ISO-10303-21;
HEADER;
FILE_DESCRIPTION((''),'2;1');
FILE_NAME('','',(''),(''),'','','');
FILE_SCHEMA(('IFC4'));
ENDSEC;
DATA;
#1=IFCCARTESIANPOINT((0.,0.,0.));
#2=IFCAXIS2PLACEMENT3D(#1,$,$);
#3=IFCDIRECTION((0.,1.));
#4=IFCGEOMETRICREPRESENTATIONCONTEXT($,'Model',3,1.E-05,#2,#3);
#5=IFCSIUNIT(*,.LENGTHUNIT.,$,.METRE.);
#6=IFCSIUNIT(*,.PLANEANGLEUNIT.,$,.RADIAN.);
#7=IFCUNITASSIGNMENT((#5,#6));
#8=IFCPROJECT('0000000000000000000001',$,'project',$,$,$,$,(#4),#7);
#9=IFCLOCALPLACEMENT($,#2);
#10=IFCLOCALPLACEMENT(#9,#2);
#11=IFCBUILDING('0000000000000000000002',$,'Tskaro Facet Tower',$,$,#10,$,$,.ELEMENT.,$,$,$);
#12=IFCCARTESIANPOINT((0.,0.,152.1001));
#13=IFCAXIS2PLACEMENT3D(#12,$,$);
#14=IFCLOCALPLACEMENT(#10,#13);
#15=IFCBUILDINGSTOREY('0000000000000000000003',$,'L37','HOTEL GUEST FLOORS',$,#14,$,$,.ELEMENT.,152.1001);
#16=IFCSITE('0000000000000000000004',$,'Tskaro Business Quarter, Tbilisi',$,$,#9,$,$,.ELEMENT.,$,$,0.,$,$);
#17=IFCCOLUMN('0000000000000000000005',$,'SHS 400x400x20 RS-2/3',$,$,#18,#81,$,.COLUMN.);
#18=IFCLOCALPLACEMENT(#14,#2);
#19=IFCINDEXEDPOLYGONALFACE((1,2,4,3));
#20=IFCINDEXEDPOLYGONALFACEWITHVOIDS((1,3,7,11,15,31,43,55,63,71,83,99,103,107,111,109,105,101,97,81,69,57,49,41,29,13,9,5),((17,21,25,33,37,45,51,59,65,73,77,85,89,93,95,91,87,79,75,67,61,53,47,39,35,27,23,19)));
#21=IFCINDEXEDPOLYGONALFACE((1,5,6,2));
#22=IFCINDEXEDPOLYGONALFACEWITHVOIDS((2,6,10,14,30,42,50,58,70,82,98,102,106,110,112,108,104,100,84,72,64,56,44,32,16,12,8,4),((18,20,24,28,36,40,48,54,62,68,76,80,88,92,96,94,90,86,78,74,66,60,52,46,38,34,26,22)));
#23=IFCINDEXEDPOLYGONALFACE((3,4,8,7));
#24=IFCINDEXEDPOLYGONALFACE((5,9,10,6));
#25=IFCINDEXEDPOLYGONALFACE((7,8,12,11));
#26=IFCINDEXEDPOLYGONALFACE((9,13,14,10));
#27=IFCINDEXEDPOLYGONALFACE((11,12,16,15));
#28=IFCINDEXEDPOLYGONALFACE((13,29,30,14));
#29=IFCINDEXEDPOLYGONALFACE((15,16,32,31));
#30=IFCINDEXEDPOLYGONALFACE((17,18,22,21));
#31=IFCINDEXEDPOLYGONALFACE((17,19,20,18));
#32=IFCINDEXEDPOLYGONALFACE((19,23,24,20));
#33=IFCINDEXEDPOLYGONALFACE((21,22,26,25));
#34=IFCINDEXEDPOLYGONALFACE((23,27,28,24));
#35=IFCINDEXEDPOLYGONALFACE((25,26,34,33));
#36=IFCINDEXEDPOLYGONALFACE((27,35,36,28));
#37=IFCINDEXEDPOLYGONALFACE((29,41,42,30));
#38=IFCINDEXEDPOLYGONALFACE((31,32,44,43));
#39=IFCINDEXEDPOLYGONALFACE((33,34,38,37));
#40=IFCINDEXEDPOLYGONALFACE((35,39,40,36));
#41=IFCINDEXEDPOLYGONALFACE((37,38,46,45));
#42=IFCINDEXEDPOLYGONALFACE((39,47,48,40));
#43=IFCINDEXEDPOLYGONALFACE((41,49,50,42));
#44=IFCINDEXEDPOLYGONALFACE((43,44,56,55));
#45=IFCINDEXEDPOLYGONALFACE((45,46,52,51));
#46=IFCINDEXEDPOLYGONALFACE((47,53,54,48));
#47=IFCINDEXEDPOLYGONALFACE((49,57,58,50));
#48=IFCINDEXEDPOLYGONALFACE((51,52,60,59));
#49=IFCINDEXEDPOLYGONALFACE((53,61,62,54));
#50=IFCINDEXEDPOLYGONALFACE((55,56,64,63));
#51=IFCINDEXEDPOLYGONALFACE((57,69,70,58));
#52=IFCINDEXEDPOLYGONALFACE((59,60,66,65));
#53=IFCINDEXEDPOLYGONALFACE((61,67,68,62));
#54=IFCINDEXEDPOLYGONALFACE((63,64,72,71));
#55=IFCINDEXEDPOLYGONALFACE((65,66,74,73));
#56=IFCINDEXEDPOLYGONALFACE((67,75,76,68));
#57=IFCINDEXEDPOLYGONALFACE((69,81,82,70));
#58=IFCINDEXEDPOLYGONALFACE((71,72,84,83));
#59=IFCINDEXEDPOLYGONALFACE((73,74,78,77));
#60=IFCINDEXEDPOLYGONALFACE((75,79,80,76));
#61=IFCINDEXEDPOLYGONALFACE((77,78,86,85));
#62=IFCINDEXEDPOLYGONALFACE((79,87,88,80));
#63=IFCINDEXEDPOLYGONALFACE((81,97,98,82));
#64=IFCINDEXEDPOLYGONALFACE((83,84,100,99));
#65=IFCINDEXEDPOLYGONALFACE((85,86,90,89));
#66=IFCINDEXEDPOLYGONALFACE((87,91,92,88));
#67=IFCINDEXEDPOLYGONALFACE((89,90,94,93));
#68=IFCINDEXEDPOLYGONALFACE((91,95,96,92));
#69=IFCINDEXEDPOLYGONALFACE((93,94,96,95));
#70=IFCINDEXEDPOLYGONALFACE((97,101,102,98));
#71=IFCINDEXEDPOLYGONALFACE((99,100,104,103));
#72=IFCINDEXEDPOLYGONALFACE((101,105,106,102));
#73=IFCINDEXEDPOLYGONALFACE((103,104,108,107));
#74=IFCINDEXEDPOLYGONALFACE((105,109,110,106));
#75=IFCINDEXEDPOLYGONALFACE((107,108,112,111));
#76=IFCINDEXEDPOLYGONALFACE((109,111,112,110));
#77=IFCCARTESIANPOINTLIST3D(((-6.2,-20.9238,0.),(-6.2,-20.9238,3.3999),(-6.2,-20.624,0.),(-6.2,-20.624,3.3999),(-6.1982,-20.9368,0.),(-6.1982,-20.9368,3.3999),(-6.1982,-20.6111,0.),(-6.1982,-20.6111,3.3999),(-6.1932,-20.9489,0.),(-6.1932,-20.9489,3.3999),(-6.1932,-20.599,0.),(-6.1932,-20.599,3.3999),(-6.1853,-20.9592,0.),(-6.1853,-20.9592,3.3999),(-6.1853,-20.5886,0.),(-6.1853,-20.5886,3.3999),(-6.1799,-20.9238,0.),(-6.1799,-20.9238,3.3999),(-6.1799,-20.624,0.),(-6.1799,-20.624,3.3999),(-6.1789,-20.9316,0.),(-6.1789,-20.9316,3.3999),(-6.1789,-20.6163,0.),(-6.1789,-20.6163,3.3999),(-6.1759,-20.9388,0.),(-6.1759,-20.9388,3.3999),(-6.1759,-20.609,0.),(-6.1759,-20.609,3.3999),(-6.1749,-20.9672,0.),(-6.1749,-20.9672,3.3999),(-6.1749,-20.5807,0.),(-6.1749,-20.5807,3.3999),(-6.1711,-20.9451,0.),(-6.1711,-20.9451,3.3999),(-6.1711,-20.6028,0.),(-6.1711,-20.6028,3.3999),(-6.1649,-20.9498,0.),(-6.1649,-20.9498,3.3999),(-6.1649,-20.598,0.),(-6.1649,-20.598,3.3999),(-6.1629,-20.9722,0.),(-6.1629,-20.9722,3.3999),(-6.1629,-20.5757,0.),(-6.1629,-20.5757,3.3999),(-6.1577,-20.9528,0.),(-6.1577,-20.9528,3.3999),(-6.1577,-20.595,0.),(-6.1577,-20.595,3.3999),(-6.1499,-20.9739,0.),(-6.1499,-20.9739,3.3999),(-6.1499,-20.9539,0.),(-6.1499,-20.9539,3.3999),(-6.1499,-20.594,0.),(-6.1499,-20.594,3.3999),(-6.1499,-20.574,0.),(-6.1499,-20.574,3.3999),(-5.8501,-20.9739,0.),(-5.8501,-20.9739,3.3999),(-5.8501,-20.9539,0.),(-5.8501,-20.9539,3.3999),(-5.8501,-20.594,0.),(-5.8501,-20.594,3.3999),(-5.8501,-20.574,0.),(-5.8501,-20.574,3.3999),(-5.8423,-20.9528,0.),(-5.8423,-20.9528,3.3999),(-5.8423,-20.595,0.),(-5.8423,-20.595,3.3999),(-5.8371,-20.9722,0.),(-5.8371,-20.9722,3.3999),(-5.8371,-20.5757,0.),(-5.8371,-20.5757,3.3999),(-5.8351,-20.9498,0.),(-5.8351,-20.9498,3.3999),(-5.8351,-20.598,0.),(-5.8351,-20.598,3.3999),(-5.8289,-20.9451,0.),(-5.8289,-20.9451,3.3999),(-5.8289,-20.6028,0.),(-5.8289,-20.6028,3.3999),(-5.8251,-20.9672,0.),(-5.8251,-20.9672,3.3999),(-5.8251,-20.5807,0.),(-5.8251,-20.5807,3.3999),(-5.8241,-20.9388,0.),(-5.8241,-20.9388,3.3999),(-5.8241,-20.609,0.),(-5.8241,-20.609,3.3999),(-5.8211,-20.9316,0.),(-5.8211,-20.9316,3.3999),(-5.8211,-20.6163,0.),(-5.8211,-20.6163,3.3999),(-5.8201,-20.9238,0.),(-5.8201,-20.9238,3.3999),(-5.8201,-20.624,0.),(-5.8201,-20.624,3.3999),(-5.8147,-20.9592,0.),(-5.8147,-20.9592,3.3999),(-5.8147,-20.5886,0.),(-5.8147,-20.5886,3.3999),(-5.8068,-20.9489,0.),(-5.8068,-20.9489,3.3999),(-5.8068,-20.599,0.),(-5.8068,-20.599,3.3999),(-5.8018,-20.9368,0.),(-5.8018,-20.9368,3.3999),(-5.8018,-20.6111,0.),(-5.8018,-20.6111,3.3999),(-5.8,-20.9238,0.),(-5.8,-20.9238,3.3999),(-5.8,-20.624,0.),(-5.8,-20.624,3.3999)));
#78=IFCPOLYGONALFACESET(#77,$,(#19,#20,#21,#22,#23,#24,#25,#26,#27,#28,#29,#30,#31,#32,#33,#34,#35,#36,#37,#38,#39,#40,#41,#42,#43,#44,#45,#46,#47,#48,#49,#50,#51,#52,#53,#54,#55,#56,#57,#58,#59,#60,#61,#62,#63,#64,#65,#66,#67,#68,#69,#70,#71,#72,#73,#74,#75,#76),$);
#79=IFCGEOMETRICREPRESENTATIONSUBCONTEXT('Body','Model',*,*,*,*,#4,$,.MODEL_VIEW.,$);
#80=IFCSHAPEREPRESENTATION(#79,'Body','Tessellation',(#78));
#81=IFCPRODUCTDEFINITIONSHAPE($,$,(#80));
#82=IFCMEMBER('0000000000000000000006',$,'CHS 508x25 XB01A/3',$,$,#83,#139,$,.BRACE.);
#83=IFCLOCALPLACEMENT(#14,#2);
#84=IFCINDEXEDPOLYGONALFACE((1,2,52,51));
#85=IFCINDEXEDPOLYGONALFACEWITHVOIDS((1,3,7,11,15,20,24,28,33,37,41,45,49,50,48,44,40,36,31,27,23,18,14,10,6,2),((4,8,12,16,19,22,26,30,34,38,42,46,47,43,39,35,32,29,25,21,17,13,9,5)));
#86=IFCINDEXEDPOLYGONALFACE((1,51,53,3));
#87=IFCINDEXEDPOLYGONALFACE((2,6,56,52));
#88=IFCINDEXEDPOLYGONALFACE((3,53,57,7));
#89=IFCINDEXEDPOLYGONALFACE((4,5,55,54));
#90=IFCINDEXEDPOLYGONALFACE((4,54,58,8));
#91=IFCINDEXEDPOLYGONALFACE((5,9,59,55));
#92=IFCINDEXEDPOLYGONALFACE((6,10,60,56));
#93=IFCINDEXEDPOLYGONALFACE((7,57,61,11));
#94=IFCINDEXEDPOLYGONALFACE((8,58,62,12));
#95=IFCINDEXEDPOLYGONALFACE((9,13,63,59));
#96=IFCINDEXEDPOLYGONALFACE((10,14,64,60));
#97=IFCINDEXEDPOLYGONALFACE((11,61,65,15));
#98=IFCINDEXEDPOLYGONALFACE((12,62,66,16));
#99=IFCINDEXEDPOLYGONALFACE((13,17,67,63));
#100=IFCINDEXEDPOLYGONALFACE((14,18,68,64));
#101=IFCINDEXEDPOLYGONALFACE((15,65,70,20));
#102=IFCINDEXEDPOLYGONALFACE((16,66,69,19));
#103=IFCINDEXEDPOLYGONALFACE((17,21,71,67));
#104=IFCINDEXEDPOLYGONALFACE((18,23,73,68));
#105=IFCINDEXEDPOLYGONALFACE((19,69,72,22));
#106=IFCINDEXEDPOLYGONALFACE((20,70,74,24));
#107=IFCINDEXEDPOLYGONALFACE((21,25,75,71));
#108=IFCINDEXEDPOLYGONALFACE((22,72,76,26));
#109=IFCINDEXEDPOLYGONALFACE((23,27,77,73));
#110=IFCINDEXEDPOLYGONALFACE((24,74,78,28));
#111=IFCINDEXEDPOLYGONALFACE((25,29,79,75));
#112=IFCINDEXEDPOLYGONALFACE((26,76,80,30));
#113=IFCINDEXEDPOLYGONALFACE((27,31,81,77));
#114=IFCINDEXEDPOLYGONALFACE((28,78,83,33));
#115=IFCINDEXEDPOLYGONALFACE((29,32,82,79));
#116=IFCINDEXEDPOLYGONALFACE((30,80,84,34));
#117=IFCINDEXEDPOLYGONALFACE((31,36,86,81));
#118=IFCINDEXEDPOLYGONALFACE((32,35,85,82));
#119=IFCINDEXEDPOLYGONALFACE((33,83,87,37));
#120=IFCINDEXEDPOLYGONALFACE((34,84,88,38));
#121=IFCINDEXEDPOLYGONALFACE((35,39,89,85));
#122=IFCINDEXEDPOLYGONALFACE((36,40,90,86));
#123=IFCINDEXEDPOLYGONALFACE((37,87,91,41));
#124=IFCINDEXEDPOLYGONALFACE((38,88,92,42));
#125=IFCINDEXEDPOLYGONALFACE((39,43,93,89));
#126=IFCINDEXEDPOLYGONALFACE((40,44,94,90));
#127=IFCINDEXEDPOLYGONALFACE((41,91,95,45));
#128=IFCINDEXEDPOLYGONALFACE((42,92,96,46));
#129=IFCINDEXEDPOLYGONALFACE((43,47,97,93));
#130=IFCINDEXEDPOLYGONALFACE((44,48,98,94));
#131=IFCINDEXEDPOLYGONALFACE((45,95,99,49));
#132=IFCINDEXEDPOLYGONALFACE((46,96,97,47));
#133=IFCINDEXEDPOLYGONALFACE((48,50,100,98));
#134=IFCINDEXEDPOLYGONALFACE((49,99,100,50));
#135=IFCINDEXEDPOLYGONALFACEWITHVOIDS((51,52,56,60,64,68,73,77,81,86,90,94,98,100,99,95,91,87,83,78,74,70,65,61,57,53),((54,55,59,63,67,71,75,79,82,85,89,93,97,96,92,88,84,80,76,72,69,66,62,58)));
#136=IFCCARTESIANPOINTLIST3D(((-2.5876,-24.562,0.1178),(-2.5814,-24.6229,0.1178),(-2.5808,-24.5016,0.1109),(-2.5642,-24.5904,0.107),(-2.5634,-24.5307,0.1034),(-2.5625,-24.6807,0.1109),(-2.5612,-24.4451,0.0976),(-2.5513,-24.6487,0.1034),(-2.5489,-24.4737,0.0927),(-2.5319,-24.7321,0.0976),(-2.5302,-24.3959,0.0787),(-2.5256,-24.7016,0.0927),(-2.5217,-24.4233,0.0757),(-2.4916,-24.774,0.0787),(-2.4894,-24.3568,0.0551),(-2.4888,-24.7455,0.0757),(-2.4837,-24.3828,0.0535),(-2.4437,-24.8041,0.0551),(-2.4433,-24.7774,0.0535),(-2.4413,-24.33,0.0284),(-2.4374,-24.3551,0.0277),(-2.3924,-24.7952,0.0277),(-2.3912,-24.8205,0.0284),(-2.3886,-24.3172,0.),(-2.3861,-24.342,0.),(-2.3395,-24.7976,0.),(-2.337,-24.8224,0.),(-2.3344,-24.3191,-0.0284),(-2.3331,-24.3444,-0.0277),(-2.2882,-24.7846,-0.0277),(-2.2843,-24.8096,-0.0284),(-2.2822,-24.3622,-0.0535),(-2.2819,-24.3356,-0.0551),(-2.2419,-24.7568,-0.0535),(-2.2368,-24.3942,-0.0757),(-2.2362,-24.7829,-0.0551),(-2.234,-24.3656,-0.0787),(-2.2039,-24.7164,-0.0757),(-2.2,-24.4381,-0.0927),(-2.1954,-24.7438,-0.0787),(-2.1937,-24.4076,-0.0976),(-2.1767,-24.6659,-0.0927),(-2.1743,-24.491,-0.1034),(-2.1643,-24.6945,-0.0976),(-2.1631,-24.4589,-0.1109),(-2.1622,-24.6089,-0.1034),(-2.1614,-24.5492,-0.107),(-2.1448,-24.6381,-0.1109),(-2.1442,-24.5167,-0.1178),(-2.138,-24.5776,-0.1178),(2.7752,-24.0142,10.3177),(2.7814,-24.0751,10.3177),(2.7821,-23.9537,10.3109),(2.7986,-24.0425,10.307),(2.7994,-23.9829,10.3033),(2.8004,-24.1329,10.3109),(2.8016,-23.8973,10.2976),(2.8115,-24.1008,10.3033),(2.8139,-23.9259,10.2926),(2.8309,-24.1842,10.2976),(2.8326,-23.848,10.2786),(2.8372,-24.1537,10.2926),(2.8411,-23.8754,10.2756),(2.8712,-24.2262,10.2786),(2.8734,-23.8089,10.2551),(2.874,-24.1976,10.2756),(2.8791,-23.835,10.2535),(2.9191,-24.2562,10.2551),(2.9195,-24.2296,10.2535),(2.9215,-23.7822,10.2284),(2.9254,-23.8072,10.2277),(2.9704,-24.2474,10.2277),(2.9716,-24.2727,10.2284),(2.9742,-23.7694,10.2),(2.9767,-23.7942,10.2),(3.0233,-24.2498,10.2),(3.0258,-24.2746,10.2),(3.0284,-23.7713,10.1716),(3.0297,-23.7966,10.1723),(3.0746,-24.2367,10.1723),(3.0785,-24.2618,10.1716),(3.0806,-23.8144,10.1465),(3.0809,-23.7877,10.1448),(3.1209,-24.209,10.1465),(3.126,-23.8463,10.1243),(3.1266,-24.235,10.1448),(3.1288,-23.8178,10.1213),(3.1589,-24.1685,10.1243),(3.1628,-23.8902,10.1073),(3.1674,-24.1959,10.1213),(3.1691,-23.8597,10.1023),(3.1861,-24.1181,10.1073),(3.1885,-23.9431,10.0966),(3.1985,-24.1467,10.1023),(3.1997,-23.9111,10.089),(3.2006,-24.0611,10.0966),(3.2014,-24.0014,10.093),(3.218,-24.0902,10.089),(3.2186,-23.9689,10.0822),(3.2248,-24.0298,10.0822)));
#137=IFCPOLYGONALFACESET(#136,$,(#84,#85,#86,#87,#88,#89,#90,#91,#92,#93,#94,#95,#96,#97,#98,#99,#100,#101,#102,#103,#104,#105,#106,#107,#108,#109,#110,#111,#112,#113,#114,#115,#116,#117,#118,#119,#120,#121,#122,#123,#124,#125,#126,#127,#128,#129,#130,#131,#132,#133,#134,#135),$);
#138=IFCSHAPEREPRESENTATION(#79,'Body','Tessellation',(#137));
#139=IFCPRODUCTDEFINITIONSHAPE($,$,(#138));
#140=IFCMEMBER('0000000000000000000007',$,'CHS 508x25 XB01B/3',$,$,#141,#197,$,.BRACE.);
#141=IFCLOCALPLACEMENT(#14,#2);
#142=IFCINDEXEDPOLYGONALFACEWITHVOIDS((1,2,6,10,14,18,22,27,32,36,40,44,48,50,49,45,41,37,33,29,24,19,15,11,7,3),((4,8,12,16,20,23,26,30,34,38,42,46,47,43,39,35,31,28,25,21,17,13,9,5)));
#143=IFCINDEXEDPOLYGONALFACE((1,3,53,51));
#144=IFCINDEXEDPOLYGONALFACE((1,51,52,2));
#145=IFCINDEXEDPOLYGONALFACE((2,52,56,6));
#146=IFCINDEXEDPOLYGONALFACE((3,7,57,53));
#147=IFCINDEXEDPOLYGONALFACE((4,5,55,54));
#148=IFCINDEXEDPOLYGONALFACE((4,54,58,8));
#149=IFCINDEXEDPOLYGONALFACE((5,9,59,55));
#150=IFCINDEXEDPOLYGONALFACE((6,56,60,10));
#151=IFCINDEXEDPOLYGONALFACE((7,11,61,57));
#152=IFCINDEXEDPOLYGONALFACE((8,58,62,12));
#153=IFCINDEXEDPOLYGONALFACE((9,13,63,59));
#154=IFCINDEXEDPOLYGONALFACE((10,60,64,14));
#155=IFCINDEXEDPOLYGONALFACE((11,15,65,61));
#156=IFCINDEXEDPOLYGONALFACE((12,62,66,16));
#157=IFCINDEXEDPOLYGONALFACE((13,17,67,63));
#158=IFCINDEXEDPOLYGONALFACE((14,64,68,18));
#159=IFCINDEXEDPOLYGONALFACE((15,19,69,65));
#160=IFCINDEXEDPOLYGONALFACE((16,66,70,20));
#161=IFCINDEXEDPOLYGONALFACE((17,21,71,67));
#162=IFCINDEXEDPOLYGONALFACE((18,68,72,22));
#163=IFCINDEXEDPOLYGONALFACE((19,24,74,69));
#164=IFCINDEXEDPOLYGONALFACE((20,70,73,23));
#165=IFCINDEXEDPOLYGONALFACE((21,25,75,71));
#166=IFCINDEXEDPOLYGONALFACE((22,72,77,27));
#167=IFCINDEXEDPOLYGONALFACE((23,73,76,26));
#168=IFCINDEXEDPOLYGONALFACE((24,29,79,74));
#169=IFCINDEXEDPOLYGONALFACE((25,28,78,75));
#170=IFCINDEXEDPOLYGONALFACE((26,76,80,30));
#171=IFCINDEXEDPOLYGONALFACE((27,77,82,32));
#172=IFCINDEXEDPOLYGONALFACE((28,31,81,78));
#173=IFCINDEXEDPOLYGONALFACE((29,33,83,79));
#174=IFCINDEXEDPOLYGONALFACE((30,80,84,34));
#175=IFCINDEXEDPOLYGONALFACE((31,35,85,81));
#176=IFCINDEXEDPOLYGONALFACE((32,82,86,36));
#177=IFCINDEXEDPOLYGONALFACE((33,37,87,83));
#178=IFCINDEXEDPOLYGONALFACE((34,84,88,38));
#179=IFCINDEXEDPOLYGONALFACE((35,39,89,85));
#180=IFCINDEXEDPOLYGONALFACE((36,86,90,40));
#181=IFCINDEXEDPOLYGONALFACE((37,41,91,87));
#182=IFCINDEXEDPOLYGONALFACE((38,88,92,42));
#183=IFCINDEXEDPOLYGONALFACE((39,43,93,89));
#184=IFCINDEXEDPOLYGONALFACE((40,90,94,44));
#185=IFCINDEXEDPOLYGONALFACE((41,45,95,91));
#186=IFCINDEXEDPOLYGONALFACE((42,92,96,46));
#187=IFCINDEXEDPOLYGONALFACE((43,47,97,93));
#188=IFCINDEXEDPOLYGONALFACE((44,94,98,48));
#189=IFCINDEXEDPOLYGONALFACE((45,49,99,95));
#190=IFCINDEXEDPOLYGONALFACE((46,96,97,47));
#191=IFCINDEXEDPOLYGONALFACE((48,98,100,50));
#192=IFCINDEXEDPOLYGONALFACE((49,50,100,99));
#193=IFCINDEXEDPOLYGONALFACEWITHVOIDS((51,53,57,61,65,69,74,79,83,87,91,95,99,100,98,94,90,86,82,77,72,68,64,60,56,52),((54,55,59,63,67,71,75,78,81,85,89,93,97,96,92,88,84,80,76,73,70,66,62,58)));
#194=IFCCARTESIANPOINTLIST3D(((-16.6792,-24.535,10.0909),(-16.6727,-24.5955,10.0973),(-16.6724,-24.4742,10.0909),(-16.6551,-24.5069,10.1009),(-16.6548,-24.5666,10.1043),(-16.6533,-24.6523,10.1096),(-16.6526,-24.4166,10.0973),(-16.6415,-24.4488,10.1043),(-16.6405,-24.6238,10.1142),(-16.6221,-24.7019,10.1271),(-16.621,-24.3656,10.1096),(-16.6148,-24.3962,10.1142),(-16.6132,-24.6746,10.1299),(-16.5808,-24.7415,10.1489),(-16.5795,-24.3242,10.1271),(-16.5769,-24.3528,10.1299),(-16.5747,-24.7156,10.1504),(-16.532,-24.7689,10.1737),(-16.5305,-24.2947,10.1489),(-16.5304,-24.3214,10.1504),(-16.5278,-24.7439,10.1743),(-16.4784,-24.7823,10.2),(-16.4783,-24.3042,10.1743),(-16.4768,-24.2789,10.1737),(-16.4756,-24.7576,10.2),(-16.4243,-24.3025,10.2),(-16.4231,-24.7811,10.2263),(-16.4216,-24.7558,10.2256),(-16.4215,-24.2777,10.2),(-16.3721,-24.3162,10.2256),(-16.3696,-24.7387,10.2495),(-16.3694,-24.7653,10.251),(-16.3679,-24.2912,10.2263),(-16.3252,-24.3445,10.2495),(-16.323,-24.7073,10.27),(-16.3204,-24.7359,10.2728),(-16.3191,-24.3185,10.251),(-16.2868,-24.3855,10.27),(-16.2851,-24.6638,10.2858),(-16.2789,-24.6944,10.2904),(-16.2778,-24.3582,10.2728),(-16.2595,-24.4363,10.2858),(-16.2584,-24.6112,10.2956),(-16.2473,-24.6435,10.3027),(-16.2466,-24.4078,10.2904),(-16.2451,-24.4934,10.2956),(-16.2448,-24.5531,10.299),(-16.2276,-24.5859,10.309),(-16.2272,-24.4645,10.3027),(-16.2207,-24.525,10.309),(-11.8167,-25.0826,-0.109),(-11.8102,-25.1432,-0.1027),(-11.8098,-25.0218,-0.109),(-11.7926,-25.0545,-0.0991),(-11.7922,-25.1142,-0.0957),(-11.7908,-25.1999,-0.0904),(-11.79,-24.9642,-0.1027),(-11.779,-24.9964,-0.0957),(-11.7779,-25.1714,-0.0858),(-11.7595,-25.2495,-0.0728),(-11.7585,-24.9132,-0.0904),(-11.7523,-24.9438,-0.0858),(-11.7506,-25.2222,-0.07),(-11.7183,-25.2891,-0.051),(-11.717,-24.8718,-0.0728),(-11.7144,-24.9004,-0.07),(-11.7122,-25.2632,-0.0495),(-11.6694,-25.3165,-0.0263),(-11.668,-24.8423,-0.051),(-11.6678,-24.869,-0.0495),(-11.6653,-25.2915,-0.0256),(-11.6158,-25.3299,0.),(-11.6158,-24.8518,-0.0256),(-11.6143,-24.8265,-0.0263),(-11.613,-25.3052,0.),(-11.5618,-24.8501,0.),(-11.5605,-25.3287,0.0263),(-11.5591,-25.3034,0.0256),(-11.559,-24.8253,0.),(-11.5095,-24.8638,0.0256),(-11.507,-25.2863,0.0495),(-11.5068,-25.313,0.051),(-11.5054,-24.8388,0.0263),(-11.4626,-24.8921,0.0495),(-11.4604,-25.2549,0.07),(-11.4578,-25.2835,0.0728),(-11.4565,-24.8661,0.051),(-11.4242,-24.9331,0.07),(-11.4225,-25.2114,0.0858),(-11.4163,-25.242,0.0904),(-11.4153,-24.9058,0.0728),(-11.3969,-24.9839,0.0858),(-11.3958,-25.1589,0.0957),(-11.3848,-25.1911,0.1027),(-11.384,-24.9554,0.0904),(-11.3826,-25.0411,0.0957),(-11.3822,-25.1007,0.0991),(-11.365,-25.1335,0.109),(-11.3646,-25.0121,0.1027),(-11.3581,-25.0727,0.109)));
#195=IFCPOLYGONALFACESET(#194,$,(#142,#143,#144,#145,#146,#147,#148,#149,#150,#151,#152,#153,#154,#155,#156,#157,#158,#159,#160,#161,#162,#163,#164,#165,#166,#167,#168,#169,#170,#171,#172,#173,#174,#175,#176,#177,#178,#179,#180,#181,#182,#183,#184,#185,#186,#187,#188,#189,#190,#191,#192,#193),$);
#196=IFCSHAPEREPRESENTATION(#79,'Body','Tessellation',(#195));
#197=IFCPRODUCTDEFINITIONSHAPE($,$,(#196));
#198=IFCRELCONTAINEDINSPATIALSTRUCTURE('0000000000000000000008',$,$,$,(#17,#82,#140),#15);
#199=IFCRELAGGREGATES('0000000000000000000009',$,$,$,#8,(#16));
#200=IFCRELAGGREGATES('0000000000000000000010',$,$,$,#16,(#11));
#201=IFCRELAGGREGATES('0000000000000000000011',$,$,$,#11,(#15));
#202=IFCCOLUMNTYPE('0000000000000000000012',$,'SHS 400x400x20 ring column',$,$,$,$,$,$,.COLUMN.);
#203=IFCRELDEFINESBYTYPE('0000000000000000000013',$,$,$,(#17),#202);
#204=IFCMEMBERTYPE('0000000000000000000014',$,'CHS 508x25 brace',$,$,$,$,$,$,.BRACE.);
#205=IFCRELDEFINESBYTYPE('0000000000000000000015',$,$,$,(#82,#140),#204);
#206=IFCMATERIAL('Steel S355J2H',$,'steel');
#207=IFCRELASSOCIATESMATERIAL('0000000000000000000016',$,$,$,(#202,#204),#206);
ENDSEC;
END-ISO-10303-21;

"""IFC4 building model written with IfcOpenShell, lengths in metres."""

from ifc_helpers import new_model, si_unit, direction, frame, origin, origin_2d, place, context, subcontext, project, spatial, hollow_rectangle, hollow_circle, extrude, material, material_profile, profile_set, type_object, element, save


model = new_model("IFC4")

# Units and contexts
model_context = context("Model", 3, precision=1e-05, world=origin(), true_north=direction((0.0, 1.0)))
body_context = subcontext(model_context, "Body", "Model", "MODEL_VIEW")
ifc_project = project(units=[si_unit("LENGTHUNIT", "METRE"), si_unit("PLANEANGLEUNIT", "RADIAN")], contexts=[model_context])

# Site, building, storey
site_placement = place(None, origin())
site = spatial("IfcSite", under=ifc_project, at=site_placement, Name="Tskaro Business Quarter, Tbilisi", CompositionType="ELEMENT", RefElevation=0.0)
building_placement = place(site_placement, origin())
building = spatial("IfcBuilding", under=site, at=building_placement, Name="Tskaro Facet Tower", CompositionType="ELEMENT")
storey_placement = place(building_placement, frame((0.0, 0.0, 152.1001)))
storey = spatial("IfcBuildingStorey", under=building, at=storey_placement, Name="L37", Description="HOTEL GUEST FLOORS", CompositionType="ELEMENT", Elevation=152.1001)

# Column
ifc_material_1 = material(Name="Steel S355J2H", Category="steel")
ifc_material_profile_1 = material_profile(ifc_material_1, hollow_rectangle(XDim=0.3999, YDim=0.3999, WallThickness=0.02, InnerFilletRadius=0.03, OuterFilletRadius=0.05, at=origin_2d()), Name="SHS 400x400x20")
ifc_profile_set_1 = profile_set([ifc_material_profile_1], Name="Steel S355J2H")
column_type = type_object("IfcColumnType", Name="SHS 400x400x20 ring column", PredefinedType="COLUMN", material=ifc_profile_set_1)
column_placement = place(storey_placement, frame((-6.0, -20.7739, 0.0), z_axis=(0.0, 0.0, 1.0), x_axis=(1.0, 0.0, 0.0)))
element("IfcColumn", 1, at=column_placement, inside=storey, type_object=column_type, Name="SHS 400x400x20 RS-2/3", PredefinedType="COLUMN", context=body_context, shape_type="SweptSolid", body=[
    extrude(hollow_rectangle(XDim=0.3999, YDim=0.3999, WallThickness=0.02, InnerFilletRadius=0.03, OuterFilletRadius=0.05, at=origin_2d()), origin(), (0.0, 0.0, 1.0), 3.3999),
])

# Members
ifc_material_profile_2 = material_profile(ifc_material_1, hollow_circle(Radius=0.2539, WallThickness=0.0249, at=origin_2d()), Name="CHS 508x25")
ifc_profile_set_2 = profile_set([ifc_material_profile_2], Name="Steel S355J2H")
member_type_1 = type_object("IfcMemberType", Name="CHS 508x25 brace", PredefinedType="BRACE", material=ifc_profile_set_2)
member_1_placement = place(storey_placement, frame((-2.3628, -24.5698, 0.0), z_axis=(0.464841, 0.047487, 0.88412), x_axis=(-0.101629, 0.994822, 0.0)))
element("IfcMember", 2, at=member_1_placement, inside=storey, type_object=member_type_1, Name="CHS 508x25 XB01A/3", PredefinedType="BRACE", context=body_context, shape_type="SweptSolid", body=[
    extrude(hollow_circle(Radius=0.2539, WallThickness=0.0249, at=origin_2d()), origin(), (0.0, 0.0, 1.0), 11.5369),
])
member_2_placement = place(storey_placement, frame((-11.5874, -25.0776, 0.0), z_axis=(-0.429821, 0.048405, 0.901616), x_axis=(-0.11191, -0.993718, 0.0)))
element("IfcMember", 3, at=member_2_placement, inside=storey, type_object=member_type_1, Name="CHS 508x25 XB01B/3", PredefinedType="BRACE", context=body_context, shape_type="SweptSolid", body=[
    extrude(hollow_circle(Radius=0.2539, WallThickness=0.0249, at=origin_2d()), origin(), (0.0, 0.0, 1.0), 11.313),
])

save(model, "model.ifc")
